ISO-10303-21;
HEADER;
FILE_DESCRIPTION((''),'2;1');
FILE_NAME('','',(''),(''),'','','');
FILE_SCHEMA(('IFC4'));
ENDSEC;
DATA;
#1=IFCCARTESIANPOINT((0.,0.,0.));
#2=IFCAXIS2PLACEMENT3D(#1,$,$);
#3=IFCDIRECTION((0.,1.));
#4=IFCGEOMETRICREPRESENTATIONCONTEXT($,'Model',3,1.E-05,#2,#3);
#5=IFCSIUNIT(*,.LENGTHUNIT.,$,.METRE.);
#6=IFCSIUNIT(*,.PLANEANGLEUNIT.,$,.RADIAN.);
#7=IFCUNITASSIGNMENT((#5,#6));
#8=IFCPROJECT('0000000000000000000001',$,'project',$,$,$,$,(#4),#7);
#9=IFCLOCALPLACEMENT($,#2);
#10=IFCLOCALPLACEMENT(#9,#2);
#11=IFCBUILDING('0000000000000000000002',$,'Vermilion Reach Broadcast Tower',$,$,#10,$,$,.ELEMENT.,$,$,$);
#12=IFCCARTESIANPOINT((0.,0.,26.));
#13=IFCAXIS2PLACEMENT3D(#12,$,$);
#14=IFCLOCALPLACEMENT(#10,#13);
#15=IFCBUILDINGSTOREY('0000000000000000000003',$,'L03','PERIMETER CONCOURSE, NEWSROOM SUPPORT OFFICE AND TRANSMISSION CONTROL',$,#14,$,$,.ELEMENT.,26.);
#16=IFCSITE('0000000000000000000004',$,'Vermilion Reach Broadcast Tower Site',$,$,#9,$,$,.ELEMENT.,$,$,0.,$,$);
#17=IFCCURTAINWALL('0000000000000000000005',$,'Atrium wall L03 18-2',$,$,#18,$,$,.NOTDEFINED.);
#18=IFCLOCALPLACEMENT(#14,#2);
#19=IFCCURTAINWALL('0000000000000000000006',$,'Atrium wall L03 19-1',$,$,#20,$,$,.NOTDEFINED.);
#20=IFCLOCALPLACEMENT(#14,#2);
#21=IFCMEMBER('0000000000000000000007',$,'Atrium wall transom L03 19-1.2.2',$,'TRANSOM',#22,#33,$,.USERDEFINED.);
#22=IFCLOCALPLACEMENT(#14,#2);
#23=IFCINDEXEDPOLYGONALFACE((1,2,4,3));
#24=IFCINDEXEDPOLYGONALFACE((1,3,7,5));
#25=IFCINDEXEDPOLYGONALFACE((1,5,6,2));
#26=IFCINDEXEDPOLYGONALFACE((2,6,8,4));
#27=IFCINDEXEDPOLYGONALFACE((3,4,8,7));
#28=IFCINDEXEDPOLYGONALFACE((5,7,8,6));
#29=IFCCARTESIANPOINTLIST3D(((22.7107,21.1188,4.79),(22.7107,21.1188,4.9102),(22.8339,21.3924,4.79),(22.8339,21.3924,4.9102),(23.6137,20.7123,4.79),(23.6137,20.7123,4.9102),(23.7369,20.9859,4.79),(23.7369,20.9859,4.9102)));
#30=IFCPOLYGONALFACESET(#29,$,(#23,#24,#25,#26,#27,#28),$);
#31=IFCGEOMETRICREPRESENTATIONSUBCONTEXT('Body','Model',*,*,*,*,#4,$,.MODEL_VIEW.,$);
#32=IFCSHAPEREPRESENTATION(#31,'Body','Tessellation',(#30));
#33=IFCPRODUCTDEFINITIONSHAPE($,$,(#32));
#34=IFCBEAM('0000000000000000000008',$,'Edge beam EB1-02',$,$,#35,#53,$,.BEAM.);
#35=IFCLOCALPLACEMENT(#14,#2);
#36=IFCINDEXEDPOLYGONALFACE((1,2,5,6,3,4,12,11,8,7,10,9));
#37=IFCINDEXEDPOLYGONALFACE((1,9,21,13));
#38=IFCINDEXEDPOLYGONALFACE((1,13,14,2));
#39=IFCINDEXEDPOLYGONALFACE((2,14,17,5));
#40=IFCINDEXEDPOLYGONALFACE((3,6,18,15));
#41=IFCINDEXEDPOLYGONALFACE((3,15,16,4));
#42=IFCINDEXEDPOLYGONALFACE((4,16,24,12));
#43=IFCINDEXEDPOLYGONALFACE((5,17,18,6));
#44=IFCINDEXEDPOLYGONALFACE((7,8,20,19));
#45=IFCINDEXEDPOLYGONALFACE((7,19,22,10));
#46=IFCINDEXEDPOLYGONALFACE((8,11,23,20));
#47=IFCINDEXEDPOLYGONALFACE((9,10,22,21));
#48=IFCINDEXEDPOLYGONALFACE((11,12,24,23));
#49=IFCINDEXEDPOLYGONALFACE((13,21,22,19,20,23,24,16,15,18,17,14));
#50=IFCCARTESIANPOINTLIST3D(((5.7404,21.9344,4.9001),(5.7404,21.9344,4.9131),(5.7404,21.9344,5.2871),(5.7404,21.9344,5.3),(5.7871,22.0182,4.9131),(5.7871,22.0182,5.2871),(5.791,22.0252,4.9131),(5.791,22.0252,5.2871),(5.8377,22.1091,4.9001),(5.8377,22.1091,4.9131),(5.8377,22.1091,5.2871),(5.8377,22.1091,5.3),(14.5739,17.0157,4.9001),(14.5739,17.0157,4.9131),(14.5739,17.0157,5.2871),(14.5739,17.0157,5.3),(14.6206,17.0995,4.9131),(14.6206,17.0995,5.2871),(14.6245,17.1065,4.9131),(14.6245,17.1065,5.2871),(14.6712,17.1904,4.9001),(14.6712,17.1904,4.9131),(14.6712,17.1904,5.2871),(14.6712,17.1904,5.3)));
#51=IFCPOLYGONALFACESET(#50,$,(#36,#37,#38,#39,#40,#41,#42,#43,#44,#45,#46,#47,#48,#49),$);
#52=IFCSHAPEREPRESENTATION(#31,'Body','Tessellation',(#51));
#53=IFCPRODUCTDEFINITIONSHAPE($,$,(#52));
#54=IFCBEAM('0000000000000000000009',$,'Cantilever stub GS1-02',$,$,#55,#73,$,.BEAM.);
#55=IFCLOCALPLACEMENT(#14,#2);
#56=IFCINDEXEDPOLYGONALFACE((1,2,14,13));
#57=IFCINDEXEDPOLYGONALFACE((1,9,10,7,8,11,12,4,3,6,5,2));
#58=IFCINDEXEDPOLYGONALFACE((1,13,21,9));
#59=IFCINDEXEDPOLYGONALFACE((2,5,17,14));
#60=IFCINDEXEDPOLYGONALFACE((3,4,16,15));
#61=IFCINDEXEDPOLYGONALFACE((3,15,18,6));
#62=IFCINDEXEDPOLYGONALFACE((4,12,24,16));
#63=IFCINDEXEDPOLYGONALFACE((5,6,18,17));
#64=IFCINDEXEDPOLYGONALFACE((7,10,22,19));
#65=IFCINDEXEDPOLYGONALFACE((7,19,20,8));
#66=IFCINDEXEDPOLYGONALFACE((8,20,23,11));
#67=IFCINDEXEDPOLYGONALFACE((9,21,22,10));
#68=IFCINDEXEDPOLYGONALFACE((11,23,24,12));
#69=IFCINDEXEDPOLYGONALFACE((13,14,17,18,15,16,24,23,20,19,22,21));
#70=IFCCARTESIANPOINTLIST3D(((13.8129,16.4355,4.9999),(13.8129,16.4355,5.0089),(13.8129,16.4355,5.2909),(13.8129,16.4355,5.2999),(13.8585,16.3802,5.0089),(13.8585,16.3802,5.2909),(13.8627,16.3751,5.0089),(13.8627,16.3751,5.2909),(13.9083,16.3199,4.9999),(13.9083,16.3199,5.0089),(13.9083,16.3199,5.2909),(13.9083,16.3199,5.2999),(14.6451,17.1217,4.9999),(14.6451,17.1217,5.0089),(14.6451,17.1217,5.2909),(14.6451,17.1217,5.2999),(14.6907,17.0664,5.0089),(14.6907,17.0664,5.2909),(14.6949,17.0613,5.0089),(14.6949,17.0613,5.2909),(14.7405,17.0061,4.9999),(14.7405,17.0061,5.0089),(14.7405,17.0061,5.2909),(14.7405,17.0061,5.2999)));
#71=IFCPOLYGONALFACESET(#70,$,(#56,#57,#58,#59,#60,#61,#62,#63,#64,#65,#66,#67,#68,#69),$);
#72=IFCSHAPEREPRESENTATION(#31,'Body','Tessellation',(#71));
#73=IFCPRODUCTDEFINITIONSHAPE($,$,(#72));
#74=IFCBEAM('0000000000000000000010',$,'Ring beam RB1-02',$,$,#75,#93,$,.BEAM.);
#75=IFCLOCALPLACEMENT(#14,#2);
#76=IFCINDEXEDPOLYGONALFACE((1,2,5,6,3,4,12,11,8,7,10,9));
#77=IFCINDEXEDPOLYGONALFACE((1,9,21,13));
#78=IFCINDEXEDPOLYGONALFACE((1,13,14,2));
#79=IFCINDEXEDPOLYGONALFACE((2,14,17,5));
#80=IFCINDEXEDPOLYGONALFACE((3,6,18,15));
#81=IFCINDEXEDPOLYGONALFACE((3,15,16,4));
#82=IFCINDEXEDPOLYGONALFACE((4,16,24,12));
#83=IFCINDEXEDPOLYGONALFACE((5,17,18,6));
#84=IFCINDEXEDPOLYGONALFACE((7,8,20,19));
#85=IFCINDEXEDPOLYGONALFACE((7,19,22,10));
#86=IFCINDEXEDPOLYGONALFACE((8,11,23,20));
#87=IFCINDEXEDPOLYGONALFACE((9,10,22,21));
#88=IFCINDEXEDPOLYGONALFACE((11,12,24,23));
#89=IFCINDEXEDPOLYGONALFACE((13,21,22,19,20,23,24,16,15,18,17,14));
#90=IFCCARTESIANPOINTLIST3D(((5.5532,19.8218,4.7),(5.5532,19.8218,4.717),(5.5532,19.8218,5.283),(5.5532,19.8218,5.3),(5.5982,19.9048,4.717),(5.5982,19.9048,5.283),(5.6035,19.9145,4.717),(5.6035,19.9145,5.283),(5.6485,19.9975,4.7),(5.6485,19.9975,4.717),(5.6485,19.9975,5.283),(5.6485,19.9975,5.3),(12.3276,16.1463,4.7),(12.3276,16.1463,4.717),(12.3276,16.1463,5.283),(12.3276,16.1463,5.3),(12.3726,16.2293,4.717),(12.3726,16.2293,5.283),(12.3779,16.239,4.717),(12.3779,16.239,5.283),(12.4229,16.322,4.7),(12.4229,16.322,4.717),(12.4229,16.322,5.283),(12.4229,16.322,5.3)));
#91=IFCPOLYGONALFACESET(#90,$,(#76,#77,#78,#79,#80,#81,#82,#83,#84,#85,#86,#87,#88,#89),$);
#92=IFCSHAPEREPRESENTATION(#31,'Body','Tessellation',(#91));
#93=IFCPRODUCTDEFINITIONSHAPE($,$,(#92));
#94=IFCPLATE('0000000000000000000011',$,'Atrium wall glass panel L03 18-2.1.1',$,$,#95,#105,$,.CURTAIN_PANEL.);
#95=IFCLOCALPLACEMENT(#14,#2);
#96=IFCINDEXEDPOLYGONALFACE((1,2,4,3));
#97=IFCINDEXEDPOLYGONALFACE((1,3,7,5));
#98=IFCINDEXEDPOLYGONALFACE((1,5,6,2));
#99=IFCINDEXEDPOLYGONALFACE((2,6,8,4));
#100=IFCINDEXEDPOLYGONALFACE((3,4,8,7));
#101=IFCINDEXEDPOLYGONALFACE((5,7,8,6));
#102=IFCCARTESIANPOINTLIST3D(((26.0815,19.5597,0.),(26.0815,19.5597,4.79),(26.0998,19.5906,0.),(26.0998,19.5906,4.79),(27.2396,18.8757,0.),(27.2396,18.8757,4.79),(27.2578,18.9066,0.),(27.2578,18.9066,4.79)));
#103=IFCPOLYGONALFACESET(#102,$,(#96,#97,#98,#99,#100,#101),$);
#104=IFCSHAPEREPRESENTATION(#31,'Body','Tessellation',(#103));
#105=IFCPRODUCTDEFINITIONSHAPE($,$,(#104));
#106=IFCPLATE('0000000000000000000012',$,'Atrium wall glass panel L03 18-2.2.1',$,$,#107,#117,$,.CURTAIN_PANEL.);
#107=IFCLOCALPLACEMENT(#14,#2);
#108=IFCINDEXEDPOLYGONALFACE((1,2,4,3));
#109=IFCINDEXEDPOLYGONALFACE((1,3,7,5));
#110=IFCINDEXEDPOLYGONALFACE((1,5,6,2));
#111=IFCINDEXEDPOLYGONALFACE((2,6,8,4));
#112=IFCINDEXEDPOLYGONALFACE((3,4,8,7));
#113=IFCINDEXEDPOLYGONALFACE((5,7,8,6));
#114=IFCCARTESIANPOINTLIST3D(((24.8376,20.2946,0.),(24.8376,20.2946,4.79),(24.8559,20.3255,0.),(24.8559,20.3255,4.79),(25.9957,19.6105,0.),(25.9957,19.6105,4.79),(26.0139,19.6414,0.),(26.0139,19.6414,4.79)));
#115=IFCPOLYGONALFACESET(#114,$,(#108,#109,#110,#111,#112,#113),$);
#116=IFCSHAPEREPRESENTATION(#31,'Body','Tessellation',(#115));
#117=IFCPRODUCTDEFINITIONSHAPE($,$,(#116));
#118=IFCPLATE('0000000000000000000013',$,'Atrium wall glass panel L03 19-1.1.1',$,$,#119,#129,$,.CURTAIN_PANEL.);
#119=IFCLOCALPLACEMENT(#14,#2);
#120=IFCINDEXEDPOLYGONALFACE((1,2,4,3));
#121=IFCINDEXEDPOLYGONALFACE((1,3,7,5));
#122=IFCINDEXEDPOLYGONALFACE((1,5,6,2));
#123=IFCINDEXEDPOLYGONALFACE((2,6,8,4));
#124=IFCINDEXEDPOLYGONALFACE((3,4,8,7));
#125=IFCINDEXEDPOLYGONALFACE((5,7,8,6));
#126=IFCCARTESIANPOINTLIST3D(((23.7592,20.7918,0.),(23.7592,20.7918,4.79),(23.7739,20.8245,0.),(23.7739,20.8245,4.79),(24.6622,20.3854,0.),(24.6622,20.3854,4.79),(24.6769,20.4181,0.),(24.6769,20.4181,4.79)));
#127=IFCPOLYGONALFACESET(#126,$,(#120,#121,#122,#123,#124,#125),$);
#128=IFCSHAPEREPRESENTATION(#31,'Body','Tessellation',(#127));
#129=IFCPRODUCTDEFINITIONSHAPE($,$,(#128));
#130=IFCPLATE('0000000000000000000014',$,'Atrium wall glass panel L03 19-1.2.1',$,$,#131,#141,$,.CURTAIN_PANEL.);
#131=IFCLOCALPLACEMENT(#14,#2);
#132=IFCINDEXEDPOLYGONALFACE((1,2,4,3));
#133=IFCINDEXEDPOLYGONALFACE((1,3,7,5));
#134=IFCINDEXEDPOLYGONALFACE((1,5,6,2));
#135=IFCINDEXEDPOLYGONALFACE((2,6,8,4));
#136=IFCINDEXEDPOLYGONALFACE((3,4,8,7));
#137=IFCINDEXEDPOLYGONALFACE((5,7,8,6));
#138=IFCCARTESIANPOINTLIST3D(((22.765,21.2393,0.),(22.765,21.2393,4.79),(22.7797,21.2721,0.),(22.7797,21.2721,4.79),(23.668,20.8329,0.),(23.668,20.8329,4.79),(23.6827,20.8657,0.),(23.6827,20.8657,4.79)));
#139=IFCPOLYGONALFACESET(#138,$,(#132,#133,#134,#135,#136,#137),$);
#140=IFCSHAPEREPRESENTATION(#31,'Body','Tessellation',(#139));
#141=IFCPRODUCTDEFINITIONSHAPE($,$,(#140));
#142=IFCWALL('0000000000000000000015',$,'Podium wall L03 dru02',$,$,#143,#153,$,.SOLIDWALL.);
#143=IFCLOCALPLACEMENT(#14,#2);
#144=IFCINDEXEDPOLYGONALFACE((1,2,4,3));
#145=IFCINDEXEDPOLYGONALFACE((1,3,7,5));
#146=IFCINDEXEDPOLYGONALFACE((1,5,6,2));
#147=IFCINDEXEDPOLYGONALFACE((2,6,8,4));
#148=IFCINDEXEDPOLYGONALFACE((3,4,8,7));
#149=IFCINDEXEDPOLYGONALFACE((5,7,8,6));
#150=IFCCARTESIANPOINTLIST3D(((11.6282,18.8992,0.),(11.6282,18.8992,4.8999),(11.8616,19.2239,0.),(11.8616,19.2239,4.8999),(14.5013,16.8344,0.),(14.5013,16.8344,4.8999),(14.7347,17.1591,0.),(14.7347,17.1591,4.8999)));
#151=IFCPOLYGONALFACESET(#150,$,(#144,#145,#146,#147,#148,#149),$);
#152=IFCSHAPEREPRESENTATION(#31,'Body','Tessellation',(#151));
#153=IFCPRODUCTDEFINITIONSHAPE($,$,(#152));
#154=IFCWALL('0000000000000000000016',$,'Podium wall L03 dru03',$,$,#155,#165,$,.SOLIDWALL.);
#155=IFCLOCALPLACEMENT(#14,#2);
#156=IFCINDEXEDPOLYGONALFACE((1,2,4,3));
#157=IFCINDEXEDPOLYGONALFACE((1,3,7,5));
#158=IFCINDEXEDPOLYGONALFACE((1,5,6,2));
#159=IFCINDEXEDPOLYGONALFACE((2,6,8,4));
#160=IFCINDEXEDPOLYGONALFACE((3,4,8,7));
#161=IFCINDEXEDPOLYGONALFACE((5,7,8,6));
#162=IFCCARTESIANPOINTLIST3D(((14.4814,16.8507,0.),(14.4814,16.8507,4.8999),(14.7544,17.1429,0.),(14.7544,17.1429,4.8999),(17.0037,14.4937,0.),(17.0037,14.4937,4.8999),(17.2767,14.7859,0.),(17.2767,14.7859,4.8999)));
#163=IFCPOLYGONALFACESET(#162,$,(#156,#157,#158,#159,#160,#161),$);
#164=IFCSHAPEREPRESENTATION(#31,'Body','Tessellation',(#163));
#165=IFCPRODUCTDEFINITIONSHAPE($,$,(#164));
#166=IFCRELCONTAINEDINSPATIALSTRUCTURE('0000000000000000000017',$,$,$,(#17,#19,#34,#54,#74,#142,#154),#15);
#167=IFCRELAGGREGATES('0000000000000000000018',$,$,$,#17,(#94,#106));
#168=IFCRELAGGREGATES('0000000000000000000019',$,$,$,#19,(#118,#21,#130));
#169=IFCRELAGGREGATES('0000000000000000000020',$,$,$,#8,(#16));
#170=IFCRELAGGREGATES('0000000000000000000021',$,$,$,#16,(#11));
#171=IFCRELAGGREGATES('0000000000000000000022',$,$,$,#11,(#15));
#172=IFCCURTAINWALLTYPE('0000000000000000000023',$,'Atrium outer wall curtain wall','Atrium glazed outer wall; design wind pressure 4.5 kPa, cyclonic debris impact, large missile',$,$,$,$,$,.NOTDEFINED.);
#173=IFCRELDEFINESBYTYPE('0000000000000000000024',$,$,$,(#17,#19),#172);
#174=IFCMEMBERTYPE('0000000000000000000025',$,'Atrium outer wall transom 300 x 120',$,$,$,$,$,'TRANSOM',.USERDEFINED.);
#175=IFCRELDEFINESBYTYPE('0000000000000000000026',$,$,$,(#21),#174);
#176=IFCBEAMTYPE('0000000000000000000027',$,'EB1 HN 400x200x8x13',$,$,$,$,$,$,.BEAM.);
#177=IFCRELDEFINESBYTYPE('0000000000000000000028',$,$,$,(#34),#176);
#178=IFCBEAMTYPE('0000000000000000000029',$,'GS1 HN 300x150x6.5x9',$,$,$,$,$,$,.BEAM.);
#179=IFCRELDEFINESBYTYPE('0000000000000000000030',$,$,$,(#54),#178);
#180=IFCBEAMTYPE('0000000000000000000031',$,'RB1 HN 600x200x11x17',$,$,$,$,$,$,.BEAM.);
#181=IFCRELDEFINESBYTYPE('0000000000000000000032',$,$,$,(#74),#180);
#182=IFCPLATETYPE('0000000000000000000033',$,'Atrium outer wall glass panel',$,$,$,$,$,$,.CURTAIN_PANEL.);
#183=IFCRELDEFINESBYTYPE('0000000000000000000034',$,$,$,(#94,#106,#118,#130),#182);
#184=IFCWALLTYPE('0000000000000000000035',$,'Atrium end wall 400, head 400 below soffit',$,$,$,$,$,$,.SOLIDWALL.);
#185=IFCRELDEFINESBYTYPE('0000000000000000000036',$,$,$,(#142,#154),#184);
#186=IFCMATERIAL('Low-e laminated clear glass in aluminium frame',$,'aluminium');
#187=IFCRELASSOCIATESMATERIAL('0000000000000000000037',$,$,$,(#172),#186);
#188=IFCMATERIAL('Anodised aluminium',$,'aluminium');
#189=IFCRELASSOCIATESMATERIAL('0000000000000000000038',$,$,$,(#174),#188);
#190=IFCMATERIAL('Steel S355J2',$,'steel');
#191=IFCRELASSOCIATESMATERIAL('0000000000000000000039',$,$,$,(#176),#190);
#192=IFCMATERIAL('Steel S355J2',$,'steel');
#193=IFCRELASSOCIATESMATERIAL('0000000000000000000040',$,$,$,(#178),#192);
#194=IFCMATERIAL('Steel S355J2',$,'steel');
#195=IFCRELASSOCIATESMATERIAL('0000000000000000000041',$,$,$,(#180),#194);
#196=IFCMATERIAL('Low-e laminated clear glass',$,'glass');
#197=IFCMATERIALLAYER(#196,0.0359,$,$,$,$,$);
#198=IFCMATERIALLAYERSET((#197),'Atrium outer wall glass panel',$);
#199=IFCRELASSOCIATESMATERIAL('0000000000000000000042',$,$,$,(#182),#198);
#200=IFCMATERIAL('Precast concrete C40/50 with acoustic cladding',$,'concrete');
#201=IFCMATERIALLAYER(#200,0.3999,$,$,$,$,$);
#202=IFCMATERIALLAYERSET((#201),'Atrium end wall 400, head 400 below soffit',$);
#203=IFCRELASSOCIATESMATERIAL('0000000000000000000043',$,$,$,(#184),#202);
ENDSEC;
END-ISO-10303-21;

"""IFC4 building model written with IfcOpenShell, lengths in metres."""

from ifc_helpers import new_model, si_unit, direction, frame, frame_2d, origin, origin_2d, place, context, subcontext, project, spatial, rectangle, i_section, extrude, material, layer, layer_set, material_profile, profile_set, type_object, element, aggregate, save


model = new_model("IFC4")

# Units and contexts
model_context = context("Model", 3, precision=1e-05, world=origin(), true_north=direction((0.0, 1.0)))
body_context = subcontext(model_context, "Body", "Model", "MODEL_VIEW")
ifc_project = project(units=[si_unit("LENGTHUNIT", "METRE"), si_unit("PLANEANGLEUNIT", "RADIAN")], contexts=[model_context])

# Site, building, storey
site_placement = place(None, origin())
site = spatial("IfcSite", under=ifc_project, at=site_placement, Name="Vermilion Reach Broadcast Tower Site", CompositionType="ELEMENT", RefElevation=0.0)
building_placement = place(site_placement, origin())
building = spatial("IfcBuilding", under=site, at=building_placement, Name="Vermilion Reach Broadcast Tower", CompositionType="ELEMENT")
storey_placement = place(building_placement, frame((0.0, 0.0, 26.0)))
storey = spatial("IfcBuildingStorey", under=building, at=storey_placement, Name="L03", Description="PERIMETER CONCOURSE, NEWSROOM SUPPORT OFFICE AND TRANSMISSION CONTROL", CompositionType="ELEMENT", Elevation=26.0)

# Curtain walls
ifc_material_1 = material(Name="Low-e laminated clear glass in aluminium frame", Category="aluminium")
curtain_wall_type = type_object("IfcCurtainWallType", Name="Atrium outer wall curtain wall", Description="Atrium glazed outer wall; design wind pressure 4.5 kPa, cyclonic debris impact, large missile", PredefinedType="NOTDEFINED", material=ifc_material_1)
placement = place(storey_placement, origin())
curtain_wall_1 = element("IfcCurtainWall", 1, at=placement, inside=storey, type_object=curtain_wall_type, Name="Atrium wall L03 18-2", PredefinedType="NOTDEFINED")
curtain_wall_2 = element("IfcCurtainWall", 2, at=placement, inside=storey, type_object=curtain_wall_type, Name="Atrium wall L03 19-1", PredefinedType="NOTDEFINED")

# Member
ifc_material_2 = material(Name="Anodised aluminium", Category="aluminium")
ifc_material_profile_1 = material_profile(ifc_material_2, rectangle(XDim=0.3, YDim=0.1201, at=origin_2d()), Name="Atrium outer wall transom 300 x 120")
ifc_profile_set_1 = profile_set([ifc_material_profile_1], Name="Anodised aluminium")
member_type_1 = type_object("IfcMemberType", Name="Atrium outer wall transom 300 x 120", ElementType="TRANSOM", PredefinedType="USERDEFINED", material=ifc_profile_set_1)
member_1_placement = place(storey_placement, frame((23.6753, 20.8491, 4.8501), z_axis=(-0.91188, 0.410457, 0.0), x_axis=(-0.410457, -0.91188, 0.0)))
member_1 = element("IfcMember", 3, at=member_1_placement, type_object=member_type_1, Name="Atrium wall transom L03 19-1.2.2", ObjectType="TRANSOM", PredefinedType="USERDEFINED", context=body_context, shape_type="SweptSolid", body=[
    extrude(rectangle(XDim=0.3, YDim=0.1201, at=origin_2d()), origin(), (0.0, 0.0, 1.0), 0.9902),
])

# Beams
ifc_material_3 = material(Name="Steel S355J2", Category="steel")
ifc_material_profile_2 = material_profile(ifc_material_3, i_section(OverallWidth=0.2, OverallDepth=0.3999, WebThickness=0.0081, FlangeThickness=0.0129, at=origin_2d()), Name="S355J2 HN 400x200x8x13")
ifc_profile_set_2 = profile_set([ifc_material_profile_2], Name="Steel S355J2")
beam_type_1 = type_object("IfcBeamType", Name="EB1 HN 400x200x8x13", PredefinedType="BEAM", material=ifc_profile_set_2)
beam_1_placement = place(storey_placement, frame((14.6226, 17.103, 5.1001), z_axis=(-0.873686, 0.486489, 0.0), x_axis=(-0.486489, -0.873686, 0.0)))
element("IfcBeam", 4, at=beam_1_placement, inside=storey, type_object=beam_type_1, Name="Edge beam EB1-02", PredefinedType="BEAM", context=body_context, shape_type="SweptSolid", body=[
    extrude(i_section(OverallWidth=0.2, OverallDepth=0.3999, WebThickness=0.0081, FlangeThickness=0.0129, at=origin_2d()), origin(), (0.0, 0.0, 1.0), 10.1106),
])
ifc_material_4 = material(Name="Steel S355J2", Category="steel")
ifc_material_profile_3 = material_profile(ifc_material_4, i_section(OverallWidth=0.1499, OverallDepth=0.3, WebThickness=0.0066, FlangeThickness=0.009, at=origin_2d()), Name="S355J2 HN 300x150x6.5x9")
ifc_profile_set_3 = profile_set([ifc_material_profile_3], Name="Steel S355J2")
beam_type_2 = type_object("IfcBeamType", Name="GS1 HN 300x150x6.5x9", PredefinedType="BEAM", material=ifc_profile_set_3)
beam_2_placement = place(storey_placement, frame((13.8606, 16.3777, 5.1499), z_axis=(0.771532, 0.636191, 0.0), x_axis=(-0.636191, 0.771532, 0.0)))
element("IfcBeam", 5, at=beam_2_placement, inside=storey, type_object=beam_type_2, Name="Cantilever stub GS1-02", PredefinedType="BEAM", context=body_context, shape_type="SweptSolid", body=[
    extrude(i_section(OverallWidth=0.1499, OverallDepth=0.3, WebThickness=0.0066, FlangeThickness=0.009, at=origin_2d()), origin(), (0.0, 0.0, 1.0), 1.0786),
])
ifc_material_5 = material(Name="Steel S355J2", Category="steel")
ifc_material_profile_4 = material_profile(ifc_material_5, i_section(OverallWidth=0.2, OverallDepth=0.6001, WebThickness=0.011, FlangeThickness=0.0171, at=origin_2d()), Name="S355J2 HN 600x200x11x17")
ifc_profile_set_4 = profile_set([ifc_material_profile_4], Name="Steel S355J2")
beam_type_3 = type_object("IfcBeamType", Name="RB1 HN 600x200x11x17", PredefinedType="BEAM", material=ifc_profile_set_4)
beam_3_placement = place(storey_placement, frame((12.3752, 16.2341, 5.0), z_axis=(-0.878962, 0.476891, 0.0), x_axis=(-0.476891, -0.878962, 0.0)))
element("IfcBeam", 6, at=beam_3_placement, inside=storey, type_object=beam_type_3, Name="Ring beam RB1-02", PredefinedType="BEAM", context=body_context, shape_type="SweptSolid", body=[
    extrude(i_section(OverallWidth=0.2, OverallDepth=0.6001, WebThickness=0.011, FlangeThickness=0.0171, at=origin_2d()), origin(), (0.0, 0.0, 1.0), 7.7073),
])

# Plates
ifc_material_6 = material(Name="Low-e laminated clear glass", Category="glass")
ifc_layer_1 = layer(ifc_material_6, 0.0359)
ifc_layer_set_1 = layer_set([ifc_layer_1], Name="Atrium outer wall glass panel")
plate_type = type_object("IfcPlateType", Name="Atrium outer wall glass panel", PredefinedType="CURTAIN_PANEL", material=ifc_layer_set_1)
plate_1_placement = place(storey_placement, frame((26.6697, 19.2332, 0.0), z_axis=(0.0, 0.0, 1.0), x_axis=(-0.861009, 0.50859, 0.0)))
plate_1 = element("IfcPlate", 7, at=plate_1_placement, type_object=plate_type, Name="Atrium wall glass panel L03 18-2.1.1", PredefinedType="CURTAIN_PANEL", context=body_context, shape_type="SweptSolid", body=[
    extrude(rectangle(XDim=1.345, YDim=0.0359, at=origin_2d()), origin(), (0.0, 0.0, 1.0), 4.79),
])
plate_2_placement = place(storey_placement, frame((25.4258, 19.968, 0.0), z_axis=(0.0, 0.0, 1.0), x_axis=(-0.861009, 0.50859, 0.0)))
plate_2 = element("IfcPlate", 8, at=plate_2_placement, type_object=plate_type, Name="Atrium wall glass panel L03 18-2.2.1", PredefinedType="CURTAIN_PANEL", context=body_context, shape_type="SweptSolid", body=[
    extrude(rectangle(XDim=1.345, YDim=0.0359, at=origin_2d()), origin(), (0.0, 0.0, 1.0), 4.79),
])
aggregate(curtain_wall_1, [plate_1, plate_2])
plate_3_placement = place(storey_placement, frame((24.218, 20.605, 0.0), z_axis=(0.0, 0.0, 1.0), x_axis=(-0.911902, 0.410408, 0.0)))
plate_3 = element("IfcPlate", 9, at=plate_3_placement, type_object=plate_type, Name="Atrium wall glass panel L03 19-1.1.1", PredefinedType="CURTAIN_PANEL", context=body_context, shape_type="SweptSolid", body=[
    extrude(rectangle(XDim=0.9902, YDim=0.0359, at=origin_2d()), origin(), (0.0, 0.0, 1.0), 4.79),
])
plate_4_placement = place(storey_placement, frame((23.2239, 21.0525, 0.0), z_axis=(0.0, 0.0, 1.0), x_axis=(-0.911902, 0.410408, 0.0)))
plate_4 = element("IfcPlate", 10, at=plate_4_placement, type_object=plate_type, Name="Atrium wall glass panel L03 19-1.2.1", PredefinedType="CURTAIN_PANEL", context=body_context, shape_type="SweptSolid", body=[
    extrude(rectangle(XDim=0.9902, YDim=0.0359, at=origin_2d()), origin(), (0.0, 0.0, 1.0), 4.79),
])
aggregate(curtain_wall_2, [plate_3, member_1, plate_4])

# Walls
ifc_material_7 = material(Name="Precast concrete C40/50 with acoustic cladding", Category="concrete")
ifc_layer_2 = layer(ifc_material_7, 0.3999)
ifc_layer_set_2 = layer_set([ifc_layer_2], Name="Atrium end wall 400, head 400 below soffit")
wall_type = type_object("IfcWallType", Name="Atrium end wall 400, head 400 below soffit", PredefinedType="SOLIDWALL", material=ifc_layer_set_2)
wall_1_placement = place(storey_placement, frame((11.7449, 19.0615, 0.0), z_axis=(0.0, 0.0, 1.0), x_axis=(0.812056, -0.583579, 0.0)))
element("IfcWall", 11, at=wall_1_placement, inside=storey, type_object=wall_type, Name="Podium wall L03 dru02", PredefinedType="SOLIDWALL", context=body_context, shape_type="SweptSolid", body=[
    extrude(rectangle(XDim=3.5381, YDim=0.3999, at=frame_2d((1.769, 0.0))), origin(), (0.0, 0.0, 1.0), 4.8999),
])
wall_2_placement = place(storey_placement, frame((14.6179, 16.9968, 0.0), z_axis=(0.0, 0.0, 1.0), x_axis=(0.730641, -0.682762, 0.0)))
element("IfcWall", 12, at=wall_2_placement, inside=storey, type_object=wall_type, Name="Podium wall L03 dru03", PredefinedType="SOLIDWALL", context=body_context, shape_type="SweptSolid", body=[
    extrude(rectangle(XDim=3.4521, YDim=0.3999, at=frame_2d((1.7261, 0.0))), origin(), (0.0, 0.0, 1.0), 4.8999),
])

save(model, "model.ifc")
